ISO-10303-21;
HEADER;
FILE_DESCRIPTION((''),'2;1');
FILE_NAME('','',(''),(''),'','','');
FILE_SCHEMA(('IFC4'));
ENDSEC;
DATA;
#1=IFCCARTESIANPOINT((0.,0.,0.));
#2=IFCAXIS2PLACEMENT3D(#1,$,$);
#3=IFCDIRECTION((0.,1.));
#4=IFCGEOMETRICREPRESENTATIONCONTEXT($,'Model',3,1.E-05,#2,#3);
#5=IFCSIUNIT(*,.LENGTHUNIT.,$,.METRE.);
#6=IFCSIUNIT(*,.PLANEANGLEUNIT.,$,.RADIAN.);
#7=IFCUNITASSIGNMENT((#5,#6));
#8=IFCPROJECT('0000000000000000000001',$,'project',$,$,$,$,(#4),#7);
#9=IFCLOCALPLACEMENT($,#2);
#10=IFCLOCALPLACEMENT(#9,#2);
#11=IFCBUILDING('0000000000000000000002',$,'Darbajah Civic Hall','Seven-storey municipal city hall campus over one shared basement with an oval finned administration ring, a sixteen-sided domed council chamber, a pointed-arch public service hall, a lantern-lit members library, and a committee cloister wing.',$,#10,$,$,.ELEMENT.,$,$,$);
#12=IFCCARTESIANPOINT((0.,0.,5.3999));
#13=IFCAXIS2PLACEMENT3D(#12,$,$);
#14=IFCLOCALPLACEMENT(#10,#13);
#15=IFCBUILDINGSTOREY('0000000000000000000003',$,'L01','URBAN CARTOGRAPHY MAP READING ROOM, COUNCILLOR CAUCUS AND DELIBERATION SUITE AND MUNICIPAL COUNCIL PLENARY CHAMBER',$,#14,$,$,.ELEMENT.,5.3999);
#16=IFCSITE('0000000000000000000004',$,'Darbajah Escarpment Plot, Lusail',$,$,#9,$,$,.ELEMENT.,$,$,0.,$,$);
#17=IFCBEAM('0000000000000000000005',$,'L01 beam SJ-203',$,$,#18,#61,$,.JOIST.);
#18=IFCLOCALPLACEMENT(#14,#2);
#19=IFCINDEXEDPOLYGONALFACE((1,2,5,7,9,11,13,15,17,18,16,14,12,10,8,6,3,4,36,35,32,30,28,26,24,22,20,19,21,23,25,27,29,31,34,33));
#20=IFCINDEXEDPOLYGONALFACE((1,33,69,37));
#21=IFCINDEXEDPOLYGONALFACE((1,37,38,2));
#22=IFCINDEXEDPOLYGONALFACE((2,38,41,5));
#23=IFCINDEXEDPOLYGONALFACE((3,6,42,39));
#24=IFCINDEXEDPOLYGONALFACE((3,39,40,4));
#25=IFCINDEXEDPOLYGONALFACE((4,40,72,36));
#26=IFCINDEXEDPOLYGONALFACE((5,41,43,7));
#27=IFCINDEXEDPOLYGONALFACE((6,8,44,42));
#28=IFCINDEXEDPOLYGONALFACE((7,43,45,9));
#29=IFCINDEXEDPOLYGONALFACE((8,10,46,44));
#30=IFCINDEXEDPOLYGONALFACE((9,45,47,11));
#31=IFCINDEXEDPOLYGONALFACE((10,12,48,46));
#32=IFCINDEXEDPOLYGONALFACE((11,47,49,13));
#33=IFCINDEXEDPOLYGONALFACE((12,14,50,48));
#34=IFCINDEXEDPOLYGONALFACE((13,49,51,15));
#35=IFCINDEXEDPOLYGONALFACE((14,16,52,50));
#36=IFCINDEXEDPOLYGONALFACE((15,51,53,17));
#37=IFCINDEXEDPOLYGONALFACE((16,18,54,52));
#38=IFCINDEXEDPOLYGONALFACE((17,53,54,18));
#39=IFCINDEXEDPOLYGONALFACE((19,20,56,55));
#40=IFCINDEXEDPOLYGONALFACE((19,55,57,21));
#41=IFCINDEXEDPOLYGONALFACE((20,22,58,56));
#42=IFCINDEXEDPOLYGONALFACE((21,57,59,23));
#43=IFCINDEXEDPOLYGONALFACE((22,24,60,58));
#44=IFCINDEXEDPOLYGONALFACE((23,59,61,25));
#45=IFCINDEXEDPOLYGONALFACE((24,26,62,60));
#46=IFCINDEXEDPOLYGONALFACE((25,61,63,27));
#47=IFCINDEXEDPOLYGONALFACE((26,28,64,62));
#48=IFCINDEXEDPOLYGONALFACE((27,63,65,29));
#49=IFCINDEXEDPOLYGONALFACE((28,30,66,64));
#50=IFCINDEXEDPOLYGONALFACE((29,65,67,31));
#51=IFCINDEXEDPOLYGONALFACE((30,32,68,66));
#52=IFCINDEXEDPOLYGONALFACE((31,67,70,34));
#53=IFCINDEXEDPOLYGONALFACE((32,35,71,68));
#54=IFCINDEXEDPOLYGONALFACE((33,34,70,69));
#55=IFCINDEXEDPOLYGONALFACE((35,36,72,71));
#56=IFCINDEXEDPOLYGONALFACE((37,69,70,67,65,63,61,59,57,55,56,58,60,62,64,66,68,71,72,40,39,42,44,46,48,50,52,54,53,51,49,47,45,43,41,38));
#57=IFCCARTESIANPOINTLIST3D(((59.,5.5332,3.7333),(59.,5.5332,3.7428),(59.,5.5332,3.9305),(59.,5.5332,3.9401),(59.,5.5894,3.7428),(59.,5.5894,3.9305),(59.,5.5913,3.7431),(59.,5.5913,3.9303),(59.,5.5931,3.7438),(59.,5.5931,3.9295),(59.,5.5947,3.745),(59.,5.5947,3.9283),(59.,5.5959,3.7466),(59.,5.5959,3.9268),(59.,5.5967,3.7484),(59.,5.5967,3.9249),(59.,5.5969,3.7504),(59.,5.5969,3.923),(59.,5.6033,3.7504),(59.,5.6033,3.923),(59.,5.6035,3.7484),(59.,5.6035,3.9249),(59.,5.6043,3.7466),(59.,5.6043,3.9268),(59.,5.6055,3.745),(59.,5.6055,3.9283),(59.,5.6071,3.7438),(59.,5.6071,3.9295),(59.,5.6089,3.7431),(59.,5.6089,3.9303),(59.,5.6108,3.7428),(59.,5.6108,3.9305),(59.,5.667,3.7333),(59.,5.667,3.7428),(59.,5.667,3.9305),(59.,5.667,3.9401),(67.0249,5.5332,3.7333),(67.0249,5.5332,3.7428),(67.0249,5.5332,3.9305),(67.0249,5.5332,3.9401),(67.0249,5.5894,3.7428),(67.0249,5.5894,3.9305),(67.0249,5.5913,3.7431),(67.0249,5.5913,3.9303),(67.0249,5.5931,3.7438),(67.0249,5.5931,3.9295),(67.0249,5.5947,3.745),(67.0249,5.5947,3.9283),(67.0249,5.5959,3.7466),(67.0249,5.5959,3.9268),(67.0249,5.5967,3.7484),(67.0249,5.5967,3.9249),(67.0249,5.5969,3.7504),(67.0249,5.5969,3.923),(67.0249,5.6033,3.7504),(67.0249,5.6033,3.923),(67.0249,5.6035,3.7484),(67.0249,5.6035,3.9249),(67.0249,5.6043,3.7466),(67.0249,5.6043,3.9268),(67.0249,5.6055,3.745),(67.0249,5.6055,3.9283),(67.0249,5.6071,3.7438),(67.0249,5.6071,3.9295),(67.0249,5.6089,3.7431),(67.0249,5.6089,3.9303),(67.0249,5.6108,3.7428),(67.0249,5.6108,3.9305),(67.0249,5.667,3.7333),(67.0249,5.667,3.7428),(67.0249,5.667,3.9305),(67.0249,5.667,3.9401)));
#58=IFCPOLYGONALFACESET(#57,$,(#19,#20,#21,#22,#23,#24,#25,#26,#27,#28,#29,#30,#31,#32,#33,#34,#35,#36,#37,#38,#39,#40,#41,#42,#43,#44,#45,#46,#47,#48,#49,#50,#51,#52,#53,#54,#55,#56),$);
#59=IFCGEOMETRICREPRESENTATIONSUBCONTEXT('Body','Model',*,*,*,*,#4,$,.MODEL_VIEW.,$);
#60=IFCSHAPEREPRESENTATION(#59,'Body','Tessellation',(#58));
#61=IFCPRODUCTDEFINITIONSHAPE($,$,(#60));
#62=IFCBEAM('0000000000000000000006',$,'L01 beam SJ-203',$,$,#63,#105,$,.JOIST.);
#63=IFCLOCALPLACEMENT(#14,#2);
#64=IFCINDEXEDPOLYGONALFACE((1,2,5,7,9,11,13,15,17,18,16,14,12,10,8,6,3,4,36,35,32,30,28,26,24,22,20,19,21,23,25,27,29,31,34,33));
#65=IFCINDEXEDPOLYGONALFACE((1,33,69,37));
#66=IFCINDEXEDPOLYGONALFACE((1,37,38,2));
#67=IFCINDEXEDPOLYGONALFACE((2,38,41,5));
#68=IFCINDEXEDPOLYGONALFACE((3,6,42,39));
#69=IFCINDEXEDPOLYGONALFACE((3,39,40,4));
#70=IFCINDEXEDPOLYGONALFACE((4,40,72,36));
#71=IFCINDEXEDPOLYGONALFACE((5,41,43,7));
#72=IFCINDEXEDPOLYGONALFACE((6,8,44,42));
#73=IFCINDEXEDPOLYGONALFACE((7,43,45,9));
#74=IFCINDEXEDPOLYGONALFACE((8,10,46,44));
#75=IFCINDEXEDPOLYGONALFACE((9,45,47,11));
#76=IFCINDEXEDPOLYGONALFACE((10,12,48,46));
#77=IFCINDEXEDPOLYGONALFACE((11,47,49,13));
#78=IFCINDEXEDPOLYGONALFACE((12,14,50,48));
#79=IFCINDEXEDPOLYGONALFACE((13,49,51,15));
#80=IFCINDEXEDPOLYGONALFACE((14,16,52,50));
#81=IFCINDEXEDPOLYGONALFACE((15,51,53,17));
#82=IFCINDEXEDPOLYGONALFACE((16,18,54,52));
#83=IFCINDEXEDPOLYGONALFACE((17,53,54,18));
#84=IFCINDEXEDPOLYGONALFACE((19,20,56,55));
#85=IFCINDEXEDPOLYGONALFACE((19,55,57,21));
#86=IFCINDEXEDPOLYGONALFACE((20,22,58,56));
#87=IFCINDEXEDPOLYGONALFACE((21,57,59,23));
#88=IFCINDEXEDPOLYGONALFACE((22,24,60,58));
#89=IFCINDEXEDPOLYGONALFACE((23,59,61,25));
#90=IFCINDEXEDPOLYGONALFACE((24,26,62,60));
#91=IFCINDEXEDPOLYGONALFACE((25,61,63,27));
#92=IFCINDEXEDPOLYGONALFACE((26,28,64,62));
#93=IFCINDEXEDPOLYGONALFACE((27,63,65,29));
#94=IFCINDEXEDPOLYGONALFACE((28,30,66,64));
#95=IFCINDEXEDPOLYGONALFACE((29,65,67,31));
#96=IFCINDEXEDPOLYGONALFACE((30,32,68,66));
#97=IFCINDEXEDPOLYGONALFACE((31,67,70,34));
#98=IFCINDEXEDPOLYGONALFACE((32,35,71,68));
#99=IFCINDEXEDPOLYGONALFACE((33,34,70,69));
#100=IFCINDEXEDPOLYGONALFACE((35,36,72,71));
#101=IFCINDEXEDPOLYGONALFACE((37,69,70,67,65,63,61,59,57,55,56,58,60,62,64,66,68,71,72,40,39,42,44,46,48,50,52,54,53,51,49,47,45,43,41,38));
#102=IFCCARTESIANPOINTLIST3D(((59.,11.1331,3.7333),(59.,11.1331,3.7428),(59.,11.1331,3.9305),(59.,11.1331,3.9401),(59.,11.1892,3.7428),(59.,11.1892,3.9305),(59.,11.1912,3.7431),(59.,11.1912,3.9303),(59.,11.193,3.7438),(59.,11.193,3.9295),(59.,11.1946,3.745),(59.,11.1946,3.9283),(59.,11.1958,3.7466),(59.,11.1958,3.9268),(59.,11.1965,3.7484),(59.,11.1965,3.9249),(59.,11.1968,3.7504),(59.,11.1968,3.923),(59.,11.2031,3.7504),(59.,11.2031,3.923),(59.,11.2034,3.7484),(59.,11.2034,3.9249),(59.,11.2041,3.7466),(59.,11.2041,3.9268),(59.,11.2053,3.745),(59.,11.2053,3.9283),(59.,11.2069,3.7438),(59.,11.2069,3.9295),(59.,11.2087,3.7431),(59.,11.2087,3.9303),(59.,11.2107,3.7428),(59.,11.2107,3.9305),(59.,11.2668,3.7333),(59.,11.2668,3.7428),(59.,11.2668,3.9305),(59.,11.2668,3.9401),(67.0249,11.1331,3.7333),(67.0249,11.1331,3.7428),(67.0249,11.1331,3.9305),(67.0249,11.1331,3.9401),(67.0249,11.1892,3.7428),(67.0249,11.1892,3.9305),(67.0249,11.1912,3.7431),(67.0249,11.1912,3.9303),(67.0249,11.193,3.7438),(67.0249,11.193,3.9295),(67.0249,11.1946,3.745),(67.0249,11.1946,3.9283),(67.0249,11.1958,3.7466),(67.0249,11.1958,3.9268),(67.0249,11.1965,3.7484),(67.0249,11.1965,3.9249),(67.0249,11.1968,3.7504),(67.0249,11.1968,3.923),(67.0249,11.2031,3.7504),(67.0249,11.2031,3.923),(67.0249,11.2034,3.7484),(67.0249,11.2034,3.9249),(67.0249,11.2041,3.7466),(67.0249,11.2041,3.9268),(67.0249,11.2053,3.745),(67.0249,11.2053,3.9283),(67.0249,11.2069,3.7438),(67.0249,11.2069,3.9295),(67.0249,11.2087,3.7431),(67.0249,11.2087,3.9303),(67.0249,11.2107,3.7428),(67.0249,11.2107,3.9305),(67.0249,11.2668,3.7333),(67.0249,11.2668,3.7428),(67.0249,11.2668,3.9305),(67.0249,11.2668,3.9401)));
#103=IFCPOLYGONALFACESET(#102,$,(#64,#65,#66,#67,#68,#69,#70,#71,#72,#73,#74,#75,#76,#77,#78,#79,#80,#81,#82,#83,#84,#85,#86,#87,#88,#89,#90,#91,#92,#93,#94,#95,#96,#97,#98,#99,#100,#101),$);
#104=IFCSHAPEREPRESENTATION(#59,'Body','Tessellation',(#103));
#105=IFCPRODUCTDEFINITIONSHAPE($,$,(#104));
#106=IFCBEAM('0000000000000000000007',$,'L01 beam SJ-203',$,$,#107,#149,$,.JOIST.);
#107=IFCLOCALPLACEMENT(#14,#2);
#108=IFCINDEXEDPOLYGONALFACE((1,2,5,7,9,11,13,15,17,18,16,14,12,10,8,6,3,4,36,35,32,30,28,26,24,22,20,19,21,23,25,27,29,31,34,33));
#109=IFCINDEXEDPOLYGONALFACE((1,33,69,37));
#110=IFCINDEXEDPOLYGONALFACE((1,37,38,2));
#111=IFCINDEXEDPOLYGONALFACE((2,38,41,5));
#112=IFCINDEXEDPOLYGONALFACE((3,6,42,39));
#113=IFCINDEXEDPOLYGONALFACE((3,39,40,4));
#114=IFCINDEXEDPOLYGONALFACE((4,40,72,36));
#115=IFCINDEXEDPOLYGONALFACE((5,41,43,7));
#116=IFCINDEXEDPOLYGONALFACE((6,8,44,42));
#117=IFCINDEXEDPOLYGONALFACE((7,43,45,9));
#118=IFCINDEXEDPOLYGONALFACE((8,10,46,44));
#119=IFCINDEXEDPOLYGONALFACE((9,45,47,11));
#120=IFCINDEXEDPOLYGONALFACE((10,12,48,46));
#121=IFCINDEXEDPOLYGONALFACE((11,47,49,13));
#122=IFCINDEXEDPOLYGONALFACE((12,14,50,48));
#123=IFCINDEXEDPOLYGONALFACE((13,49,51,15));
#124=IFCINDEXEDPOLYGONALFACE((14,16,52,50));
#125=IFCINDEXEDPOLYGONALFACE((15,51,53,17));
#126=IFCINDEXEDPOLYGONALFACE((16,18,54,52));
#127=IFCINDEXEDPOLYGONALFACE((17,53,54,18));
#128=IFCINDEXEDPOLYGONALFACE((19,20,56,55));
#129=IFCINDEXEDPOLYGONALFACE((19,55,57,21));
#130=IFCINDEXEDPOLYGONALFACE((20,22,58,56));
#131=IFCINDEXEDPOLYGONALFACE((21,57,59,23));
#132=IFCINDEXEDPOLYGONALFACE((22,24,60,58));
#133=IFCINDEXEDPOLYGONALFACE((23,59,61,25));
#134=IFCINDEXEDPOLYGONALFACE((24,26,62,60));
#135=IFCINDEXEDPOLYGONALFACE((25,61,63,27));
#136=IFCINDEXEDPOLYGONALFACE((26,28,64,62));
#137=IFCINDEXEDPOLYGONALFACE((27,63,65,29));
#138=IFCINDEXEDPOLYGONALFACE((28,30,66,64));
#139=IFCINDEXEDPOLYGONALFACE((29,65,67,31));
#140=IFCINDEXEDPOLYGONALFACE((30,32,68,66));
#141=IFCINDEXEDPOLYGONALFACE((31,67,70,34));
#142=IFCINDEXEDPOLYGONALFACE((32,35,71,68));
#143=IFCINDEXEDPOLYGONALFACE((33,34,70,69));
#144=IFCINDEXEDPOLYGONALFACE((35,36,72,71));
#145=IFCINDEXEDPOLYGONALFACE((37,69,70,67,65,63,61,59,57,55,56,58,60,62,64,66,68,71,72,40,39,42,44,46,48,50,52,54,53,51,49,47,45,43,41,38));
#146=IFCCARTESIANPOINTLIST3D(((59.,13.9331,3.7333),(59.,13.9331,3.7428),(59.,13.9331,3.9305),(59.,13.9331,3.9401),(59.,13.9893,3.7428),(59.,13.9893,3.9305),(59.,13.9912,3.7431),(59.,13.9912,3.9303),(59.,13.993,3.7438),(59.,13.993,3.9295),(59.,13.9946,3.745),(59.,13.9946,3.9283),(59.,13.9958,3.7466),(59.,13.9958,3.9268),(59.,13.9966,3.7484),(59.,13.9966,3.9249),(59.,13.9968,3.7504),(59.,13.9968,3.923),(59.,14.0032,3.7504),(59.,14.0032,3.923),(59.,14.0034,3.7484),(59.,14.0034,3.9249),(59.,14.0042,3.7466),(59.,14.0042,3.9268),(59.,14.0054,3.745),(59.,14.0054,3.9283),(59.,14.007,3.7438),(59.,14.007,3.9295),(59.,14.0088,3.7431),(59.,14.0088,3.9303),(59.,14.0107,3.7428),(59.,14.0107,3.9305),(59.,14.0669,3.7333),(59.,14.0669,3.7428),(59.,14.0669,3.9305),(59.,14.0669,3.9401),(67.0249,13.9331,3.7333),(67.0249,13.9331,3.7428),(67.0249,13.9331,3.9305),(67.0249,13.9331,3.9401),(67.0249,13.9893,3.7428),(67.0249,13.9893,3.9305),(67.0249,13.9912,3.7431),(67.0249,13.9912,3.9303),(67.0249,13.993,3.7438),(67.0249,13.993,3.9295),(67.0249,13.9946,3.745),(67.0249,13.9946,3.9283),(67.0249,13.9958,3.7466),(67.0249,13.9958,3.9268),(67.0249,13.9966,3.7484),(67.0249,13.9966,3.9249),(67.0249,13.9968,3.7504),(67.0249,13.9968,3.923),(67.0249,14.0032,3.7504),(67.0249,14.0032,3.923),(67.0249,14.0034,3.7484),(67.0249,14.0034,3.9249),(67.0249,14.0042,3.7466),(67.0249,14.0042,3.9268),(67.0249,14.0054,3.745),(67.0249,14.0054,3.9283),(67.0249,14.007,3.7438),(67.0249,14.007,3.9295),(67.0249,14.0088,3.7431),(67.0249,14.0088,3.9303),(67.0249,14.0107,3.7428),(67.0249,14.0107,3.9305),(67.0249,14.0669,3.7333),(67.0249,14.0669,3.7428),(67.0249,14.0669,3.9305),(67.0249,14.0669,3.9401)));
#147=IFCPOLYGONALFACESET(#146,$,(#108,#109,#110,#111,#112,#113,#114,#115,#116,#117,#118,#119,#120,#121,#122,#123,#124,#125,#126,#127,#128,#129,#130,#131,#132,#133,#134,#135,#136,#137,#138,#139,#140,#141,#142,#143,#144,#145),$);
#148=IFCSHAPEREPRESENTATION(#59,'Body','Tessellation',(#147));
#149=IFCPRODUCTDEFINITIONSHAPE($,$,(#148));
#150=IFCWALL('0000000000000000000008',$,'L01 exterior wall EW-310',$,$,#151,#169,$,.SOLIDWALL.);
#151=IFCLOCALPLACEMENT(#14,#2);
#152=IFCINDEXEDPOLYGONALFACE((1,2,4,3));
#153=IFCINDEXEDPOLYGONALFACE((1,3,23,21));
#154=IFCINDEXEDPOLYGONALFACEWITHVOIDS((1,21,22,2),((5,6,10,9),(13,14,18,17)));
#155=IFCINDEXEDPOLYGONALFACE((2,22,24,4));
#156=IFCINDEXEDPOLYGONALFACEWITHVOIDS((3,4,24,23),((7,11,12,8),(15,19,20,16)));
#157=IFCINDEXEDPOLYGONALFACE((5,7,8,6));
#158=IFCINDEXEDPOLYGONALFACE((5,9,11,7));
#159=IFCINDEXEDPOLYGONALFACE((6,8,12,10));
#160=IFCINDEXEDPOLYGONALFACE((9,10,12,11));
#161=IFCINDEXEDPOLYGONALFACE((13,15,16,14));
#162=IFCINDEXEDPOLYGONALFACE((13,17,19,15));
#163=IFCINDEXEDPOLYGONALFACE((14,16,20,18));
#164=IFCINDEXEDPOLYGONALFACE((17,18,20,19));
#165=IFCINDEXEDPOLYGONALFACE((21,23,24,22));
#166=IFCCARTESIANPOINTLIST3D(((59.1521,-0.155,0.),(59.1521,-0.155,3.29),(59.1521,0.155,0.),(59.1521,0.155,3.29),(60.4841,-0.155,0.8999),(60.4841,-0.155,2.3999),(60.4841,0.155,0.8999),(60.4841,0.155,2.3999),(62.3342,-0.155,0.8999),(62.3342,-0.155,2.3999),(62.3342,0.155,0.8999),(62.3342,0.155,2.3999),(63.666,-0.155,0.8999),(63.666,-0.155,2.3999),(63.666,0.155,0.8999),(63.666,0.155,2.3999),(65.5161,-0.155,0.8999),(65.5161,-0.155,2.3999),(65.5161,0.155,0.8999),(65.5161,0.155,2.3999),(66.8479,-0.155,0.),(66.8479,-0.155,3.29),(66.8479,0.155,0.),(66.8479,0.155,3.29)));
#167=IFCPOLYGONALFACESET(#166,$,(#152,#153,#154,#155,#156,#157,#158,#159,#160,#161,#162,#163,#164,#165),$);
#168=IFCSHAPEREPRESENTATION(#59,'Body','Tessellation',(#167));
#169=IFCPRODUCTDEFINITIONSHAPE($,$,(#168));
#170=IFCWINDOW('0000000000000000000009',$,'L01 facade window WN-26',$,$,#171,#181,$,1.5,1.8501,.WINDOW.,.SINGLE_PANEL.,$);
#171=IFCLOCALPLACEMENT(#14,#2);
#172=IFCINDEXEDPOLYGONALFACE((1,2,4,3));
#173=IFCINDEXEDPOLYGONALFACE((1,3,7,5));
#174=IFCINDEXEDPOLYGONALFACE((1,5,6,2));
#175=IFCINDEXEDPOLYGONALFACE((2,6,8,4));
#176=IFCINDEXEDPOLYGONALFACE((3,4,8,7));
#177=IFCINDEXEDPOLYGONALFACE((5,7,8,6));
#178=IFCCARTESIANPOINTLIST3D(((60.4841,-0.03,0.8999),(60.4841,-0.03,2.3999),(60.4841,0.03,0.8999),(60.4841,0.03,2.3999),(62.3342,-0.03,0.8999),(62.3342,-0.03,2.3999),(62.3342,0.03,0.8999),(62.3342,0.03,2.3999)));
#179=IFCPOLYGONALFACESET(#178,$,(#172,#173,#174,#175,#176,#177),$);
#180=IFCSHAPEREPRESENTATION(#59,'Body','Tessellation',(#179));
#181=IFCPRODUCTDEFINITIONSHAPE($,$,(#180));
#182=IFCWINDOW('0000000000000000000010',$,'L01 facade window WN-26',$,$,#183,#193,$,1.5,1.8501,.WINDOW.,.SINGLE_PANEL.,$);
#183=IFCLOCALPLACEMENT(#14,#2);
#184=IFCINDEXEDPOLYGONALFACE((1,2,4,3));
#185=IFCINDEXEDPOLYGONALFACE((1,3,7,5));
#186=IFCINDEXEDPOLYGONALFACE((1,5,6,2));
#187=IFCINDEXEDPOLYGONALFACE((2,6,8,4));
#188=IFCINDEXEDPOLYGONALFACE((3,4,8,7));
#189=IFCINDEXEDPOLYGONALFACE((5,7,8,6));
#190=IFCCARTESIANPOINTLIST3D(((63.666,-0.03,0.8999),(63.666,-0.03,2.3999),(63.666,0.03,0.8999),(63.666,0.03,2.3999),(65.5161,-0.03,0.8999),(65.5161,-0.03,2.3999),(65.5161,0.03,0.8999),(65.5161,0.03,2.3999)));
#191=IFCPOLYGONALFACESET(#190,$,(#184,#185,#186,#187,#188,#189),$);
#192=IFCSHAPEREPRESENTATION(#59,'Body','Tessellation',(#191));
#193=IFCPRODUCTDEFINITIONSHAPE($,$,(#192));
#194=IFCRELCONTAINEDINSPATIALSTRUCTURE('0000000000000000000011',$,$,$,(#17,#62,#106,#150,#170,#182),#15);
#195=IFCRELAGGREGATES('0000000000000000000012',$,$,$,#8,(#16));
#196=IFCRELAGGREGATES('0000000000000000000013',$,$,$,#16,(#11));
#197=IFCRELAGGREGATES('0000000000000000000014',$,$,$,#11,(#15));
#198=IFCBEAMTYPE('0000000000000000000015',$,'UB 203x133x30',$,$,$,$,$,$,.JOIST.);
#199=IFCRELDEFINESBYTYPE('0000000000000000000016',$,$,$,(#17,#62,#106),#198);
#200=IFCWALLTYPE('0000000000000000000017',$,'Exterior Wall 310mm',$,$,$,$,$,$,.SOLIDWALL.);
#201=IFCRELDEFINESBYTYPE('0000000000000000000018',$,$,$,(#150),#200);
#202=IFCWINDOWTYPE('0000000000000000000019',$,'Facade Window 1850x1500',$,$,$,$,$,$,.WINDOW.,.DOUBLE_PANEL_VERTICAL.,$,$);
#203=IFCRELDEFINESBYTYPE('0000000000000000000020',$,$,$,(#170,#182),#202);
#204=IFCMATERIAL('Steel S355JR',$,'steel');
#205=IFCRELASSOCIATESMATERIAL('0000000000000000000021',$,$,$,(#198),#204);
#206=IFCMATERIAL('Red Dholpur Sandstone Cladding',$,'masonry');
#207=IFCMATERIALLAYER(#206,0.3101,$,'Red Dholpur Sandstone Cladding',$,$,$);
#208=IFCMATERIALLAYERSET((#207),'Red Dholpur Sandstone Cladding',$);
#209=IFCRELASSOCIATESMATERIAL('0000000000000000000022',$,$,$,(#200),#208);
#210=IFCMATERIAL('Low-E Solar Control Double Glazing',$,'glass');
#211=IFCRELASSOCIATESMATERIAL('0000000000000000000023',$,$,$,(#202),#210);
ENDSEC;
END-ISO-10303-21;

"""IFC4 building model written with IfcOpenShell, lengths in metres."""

from ifc_helpers import new_model, si_unit, direction, frame, frame_2d, origin, origin_2d, place, context, subcontext, project, spatial, rectangle, i_section, extrude, material, layer, layer_set, material_profile, profile_set, type_object, element, fill, save


model = new_model("IFC4")

# Units and contexts
model_context = context("Model", 3, precision=1e-05, world=origin(), true_north=direction((0.0, 1.0)))
body_context = subcontext(model_context, "Body", "Model", "MODEL_VIEW")
ifc_project = project(units=[si_unit("LENGTHUNIT", "METRE"), si_unit("PLANEANGLEUNIT", "RADIAN")], contexts=[model_context])

# Site, building, storey
site_placement = place(None, origin())
site = spatial("IfcSite", under=ifc_project, at=site_placement, Name="Darbajah Escarpment Plot, Lusail", CompositionType="ELEMENT", RefElevation=0.0)
building_placement = place(site_placement, origin())
building = spatial("IfcBuilding", under=site, at=building_placement, Name="Darbajah Civic Hall", Description="Seven-storey municipal city hall campus over one shared basement with an oval finned administration ring, a sixteen-sided domed council chamber, a pointed-arch public service hall, a lantern-lit members library, and a committee cloister wing.", CompositionType="ELEMENT")
storey_placement = place(building_placement, frame((0.0, 0.0, 5.3999)))
storey = spatial("IfcBuildingStorey", under=building, at=storey_placement, Name="L01", Description="URBAN CARTOGRAPHY MAP READING ROOM, COUNCILLOR CAUCUS AND DELIBERATION SUITE AND MUNICIPAL COUNCIL PLENARY CHAMBER", CompositionType="ELEMENT", Elevation=5.3999)

# Beams
ifc_material_1 = material(Name="Steel S355JR", Category="steel")
ifc_material_profile_1 = material_profile(ifc_material_1, i_section(OverallWidth=0.1338, OverallDepth=0.2068, WebThickness=0.0063, FlangeThickness=0.0095, FilletRadius=0.0076, at=origin_2d()), Name="UB 203x133x30")
ifc_profile_set_1 = profile_set([ifc_material_profile_1], Name="Steel S355JR")
beam_type_1 = type_object("IfcBeamType", Name="UB 203x133x30", PredefinedType="JOIST", material=ifc_profile_set_1)
for number, where, z_axis, x_axis, name in (
    (1, (59.0, 5.6001, 3.8367), (1.0, 0.0, 0.0), (0.0, 1.0, 0.0), "L01 beam SJ-203"),
    (2, (59.0, 11.2, 3.8367), (1.0, 0.0, 0.0), (0.0, 1.0, 0.0), "L01 beam SJ-203"),
    (3, (59.0, 14.0, 3.8367), (1.0, 0.0, 0.0), (0.0, 1.0, 0.0), "L01 beam SJ-203"),
):
    element("IfcBeam", number, at=place(storey_placement, frame(where, z_axis=z_axis, x_axis=x_axis)), inside=storey, type_object=beam_type_1, Name=name, PredefinedType="JOIST", context=body_context, shape_type="SweptSolid", body=[
        extrude(i_section(OverallWidth=0.1338, OverallDepth=0.2068, WebThickness=0.0063, FlangeThickness=0.0095, FilletRadius=0.0076, at=origin_2d()), origin(), (0.0, 0.0, 1.0), 8.0249),
    ])

# Wall, openings, windows
ifc_material_2 = material(Name="Red Dholpur Sandstone Cladding", Category="masonry")
ifc_layer = layer(ifc_material_2, 0.3101, Name="Red Dholpur Sandstone Cladding")
ifc_layer_set = layer_set([ifc_layer], Name="Red Dholpur Sandstone Cladding")
wall_type = type_object("IfcWallType", Name="Exterior Wall 310mm", PredefinedType="SOLIDWALL", material=ifc_layer_set)
wall_1_placement = place(storey_placement, frame((59.1521, 0.0, 0.0), z_axis=(0.0, 0.0, 1.0), x_axis=(1.0, 0.0, 0.0)))
wall_1 = element("IfcWall", 4, at=wall_1_placement, inside=storey, type_object=wall_type, Name="L01 exterior wall EW-310", PredefinedType="SOLIDWALL", context=body_context, shape_type="SweptSolid", body=[
    extrude(rectangle(XDim=7.6958, YDim=0.3101, at=frame_2d((3.8479, 0.0))), origin(), (0.0, 0.0, 1.0), 3.29),
])
opening_1_placement = place(wall_1_placement, frame((1.332, 0.0, 0.8999)))
opening_1 = element("IfcOpeningElement", 5, at=opening_1_placement, cuts=wall_1, PredefinedType="OPENING", context=body_context, shape_type="SweptSolid", body=[
    extrude(rectangle(XDim=1.8501, YDim=1.5, at=frame_2d((0.925, 0.75))), frame((0.0, 0.165, 0.0), z_axis=(0.0, -1.0, 0.0), x_axis=(1.0, 0.0, 0.0)), (0.0, 0.0, 1.0), 0.3301),
])
opening_2_placement = place(wall_1_placement, frame((4.5139, 0.0, 0.8999)))
opening_2 = element("IfcOpeningElement", 6, at=opening_2_placement, cuts=wall_1, PredefinedType="OPENING", context=body_context, shape_type="SweptSolid", body=[
    extrude(rectangle(XDim=1.8501, YDim=1.5, at=frame_2d((0.925, 0.75))), frame((0.0, 0.165, 0.0), z_axis=(0.0, -1.0, 0.0), x_axis=(1.0, 0.0, 0.0)), (0.0, 0.0, 1.0), 0.3301),
])
ifc_material_3 = material(Name="Low-E Solar Control Double Glazing", Category="glass")
window_type_1 = type_object("IfcWindowType", Name="Facade Window 1850x1500", PartitioningType="DOUBLE_PANEL_VERTICAL", PredefinedType="WINDOW", material=ifc_material_3)
window_1_placement = place(opening_1_placement, origin())
window_1 = element("IfcWindow", 7, at=window_1_placement, inside=storey, type_object=window_type_1, Name="L01 facade window WN-26", OverallHeight=1.5, OverallWidth=1.8501, PartitioningType="SINGLE_PANEL", PredefinedType="WINDOW", context=body_context, shape_type="SweptSolid", body=[
    extrude(rectangle(XDim=1.8501, YDim=1.5, at=frame_2d((0.925, 0.75))), frame((0.0, 0.03, 0.0), z_axis=(0.0, -1.0, 0.0), x_axis=(1.0, 0.0, 0.0)), (0.0, 0.0, 1.0), 0.0601),
])
fill(opening_1, window_1)
window_2_placement = place(opening_2_placement, origin())
window_2 = element("IfcWindow", 8, at=window_2_placement, inside=storey, type_object=window_type_1, Name="L01 facade window WN-26", OverallHeight=1.5, OverallWidth=1.8501, PartitioningType="SINGLE_PANEL", PredefinedType="WINDOW", context=body_context, shape_type="SweptSolid", body=[
    extrude(rectangle(XDim=1.8501, YDim=1.5, at=frame_2d((0.925, 0.75))), frame((0.0, 0.03, 0.0), z_axis=(0.0, -1.0, 0.0), x_axis=(1.0, 0.0, 0.0)), (0.0, 0.0, 1.0), 0.0601),
])
fill(opening_2, window_2)

save(model, "model.ifc")
